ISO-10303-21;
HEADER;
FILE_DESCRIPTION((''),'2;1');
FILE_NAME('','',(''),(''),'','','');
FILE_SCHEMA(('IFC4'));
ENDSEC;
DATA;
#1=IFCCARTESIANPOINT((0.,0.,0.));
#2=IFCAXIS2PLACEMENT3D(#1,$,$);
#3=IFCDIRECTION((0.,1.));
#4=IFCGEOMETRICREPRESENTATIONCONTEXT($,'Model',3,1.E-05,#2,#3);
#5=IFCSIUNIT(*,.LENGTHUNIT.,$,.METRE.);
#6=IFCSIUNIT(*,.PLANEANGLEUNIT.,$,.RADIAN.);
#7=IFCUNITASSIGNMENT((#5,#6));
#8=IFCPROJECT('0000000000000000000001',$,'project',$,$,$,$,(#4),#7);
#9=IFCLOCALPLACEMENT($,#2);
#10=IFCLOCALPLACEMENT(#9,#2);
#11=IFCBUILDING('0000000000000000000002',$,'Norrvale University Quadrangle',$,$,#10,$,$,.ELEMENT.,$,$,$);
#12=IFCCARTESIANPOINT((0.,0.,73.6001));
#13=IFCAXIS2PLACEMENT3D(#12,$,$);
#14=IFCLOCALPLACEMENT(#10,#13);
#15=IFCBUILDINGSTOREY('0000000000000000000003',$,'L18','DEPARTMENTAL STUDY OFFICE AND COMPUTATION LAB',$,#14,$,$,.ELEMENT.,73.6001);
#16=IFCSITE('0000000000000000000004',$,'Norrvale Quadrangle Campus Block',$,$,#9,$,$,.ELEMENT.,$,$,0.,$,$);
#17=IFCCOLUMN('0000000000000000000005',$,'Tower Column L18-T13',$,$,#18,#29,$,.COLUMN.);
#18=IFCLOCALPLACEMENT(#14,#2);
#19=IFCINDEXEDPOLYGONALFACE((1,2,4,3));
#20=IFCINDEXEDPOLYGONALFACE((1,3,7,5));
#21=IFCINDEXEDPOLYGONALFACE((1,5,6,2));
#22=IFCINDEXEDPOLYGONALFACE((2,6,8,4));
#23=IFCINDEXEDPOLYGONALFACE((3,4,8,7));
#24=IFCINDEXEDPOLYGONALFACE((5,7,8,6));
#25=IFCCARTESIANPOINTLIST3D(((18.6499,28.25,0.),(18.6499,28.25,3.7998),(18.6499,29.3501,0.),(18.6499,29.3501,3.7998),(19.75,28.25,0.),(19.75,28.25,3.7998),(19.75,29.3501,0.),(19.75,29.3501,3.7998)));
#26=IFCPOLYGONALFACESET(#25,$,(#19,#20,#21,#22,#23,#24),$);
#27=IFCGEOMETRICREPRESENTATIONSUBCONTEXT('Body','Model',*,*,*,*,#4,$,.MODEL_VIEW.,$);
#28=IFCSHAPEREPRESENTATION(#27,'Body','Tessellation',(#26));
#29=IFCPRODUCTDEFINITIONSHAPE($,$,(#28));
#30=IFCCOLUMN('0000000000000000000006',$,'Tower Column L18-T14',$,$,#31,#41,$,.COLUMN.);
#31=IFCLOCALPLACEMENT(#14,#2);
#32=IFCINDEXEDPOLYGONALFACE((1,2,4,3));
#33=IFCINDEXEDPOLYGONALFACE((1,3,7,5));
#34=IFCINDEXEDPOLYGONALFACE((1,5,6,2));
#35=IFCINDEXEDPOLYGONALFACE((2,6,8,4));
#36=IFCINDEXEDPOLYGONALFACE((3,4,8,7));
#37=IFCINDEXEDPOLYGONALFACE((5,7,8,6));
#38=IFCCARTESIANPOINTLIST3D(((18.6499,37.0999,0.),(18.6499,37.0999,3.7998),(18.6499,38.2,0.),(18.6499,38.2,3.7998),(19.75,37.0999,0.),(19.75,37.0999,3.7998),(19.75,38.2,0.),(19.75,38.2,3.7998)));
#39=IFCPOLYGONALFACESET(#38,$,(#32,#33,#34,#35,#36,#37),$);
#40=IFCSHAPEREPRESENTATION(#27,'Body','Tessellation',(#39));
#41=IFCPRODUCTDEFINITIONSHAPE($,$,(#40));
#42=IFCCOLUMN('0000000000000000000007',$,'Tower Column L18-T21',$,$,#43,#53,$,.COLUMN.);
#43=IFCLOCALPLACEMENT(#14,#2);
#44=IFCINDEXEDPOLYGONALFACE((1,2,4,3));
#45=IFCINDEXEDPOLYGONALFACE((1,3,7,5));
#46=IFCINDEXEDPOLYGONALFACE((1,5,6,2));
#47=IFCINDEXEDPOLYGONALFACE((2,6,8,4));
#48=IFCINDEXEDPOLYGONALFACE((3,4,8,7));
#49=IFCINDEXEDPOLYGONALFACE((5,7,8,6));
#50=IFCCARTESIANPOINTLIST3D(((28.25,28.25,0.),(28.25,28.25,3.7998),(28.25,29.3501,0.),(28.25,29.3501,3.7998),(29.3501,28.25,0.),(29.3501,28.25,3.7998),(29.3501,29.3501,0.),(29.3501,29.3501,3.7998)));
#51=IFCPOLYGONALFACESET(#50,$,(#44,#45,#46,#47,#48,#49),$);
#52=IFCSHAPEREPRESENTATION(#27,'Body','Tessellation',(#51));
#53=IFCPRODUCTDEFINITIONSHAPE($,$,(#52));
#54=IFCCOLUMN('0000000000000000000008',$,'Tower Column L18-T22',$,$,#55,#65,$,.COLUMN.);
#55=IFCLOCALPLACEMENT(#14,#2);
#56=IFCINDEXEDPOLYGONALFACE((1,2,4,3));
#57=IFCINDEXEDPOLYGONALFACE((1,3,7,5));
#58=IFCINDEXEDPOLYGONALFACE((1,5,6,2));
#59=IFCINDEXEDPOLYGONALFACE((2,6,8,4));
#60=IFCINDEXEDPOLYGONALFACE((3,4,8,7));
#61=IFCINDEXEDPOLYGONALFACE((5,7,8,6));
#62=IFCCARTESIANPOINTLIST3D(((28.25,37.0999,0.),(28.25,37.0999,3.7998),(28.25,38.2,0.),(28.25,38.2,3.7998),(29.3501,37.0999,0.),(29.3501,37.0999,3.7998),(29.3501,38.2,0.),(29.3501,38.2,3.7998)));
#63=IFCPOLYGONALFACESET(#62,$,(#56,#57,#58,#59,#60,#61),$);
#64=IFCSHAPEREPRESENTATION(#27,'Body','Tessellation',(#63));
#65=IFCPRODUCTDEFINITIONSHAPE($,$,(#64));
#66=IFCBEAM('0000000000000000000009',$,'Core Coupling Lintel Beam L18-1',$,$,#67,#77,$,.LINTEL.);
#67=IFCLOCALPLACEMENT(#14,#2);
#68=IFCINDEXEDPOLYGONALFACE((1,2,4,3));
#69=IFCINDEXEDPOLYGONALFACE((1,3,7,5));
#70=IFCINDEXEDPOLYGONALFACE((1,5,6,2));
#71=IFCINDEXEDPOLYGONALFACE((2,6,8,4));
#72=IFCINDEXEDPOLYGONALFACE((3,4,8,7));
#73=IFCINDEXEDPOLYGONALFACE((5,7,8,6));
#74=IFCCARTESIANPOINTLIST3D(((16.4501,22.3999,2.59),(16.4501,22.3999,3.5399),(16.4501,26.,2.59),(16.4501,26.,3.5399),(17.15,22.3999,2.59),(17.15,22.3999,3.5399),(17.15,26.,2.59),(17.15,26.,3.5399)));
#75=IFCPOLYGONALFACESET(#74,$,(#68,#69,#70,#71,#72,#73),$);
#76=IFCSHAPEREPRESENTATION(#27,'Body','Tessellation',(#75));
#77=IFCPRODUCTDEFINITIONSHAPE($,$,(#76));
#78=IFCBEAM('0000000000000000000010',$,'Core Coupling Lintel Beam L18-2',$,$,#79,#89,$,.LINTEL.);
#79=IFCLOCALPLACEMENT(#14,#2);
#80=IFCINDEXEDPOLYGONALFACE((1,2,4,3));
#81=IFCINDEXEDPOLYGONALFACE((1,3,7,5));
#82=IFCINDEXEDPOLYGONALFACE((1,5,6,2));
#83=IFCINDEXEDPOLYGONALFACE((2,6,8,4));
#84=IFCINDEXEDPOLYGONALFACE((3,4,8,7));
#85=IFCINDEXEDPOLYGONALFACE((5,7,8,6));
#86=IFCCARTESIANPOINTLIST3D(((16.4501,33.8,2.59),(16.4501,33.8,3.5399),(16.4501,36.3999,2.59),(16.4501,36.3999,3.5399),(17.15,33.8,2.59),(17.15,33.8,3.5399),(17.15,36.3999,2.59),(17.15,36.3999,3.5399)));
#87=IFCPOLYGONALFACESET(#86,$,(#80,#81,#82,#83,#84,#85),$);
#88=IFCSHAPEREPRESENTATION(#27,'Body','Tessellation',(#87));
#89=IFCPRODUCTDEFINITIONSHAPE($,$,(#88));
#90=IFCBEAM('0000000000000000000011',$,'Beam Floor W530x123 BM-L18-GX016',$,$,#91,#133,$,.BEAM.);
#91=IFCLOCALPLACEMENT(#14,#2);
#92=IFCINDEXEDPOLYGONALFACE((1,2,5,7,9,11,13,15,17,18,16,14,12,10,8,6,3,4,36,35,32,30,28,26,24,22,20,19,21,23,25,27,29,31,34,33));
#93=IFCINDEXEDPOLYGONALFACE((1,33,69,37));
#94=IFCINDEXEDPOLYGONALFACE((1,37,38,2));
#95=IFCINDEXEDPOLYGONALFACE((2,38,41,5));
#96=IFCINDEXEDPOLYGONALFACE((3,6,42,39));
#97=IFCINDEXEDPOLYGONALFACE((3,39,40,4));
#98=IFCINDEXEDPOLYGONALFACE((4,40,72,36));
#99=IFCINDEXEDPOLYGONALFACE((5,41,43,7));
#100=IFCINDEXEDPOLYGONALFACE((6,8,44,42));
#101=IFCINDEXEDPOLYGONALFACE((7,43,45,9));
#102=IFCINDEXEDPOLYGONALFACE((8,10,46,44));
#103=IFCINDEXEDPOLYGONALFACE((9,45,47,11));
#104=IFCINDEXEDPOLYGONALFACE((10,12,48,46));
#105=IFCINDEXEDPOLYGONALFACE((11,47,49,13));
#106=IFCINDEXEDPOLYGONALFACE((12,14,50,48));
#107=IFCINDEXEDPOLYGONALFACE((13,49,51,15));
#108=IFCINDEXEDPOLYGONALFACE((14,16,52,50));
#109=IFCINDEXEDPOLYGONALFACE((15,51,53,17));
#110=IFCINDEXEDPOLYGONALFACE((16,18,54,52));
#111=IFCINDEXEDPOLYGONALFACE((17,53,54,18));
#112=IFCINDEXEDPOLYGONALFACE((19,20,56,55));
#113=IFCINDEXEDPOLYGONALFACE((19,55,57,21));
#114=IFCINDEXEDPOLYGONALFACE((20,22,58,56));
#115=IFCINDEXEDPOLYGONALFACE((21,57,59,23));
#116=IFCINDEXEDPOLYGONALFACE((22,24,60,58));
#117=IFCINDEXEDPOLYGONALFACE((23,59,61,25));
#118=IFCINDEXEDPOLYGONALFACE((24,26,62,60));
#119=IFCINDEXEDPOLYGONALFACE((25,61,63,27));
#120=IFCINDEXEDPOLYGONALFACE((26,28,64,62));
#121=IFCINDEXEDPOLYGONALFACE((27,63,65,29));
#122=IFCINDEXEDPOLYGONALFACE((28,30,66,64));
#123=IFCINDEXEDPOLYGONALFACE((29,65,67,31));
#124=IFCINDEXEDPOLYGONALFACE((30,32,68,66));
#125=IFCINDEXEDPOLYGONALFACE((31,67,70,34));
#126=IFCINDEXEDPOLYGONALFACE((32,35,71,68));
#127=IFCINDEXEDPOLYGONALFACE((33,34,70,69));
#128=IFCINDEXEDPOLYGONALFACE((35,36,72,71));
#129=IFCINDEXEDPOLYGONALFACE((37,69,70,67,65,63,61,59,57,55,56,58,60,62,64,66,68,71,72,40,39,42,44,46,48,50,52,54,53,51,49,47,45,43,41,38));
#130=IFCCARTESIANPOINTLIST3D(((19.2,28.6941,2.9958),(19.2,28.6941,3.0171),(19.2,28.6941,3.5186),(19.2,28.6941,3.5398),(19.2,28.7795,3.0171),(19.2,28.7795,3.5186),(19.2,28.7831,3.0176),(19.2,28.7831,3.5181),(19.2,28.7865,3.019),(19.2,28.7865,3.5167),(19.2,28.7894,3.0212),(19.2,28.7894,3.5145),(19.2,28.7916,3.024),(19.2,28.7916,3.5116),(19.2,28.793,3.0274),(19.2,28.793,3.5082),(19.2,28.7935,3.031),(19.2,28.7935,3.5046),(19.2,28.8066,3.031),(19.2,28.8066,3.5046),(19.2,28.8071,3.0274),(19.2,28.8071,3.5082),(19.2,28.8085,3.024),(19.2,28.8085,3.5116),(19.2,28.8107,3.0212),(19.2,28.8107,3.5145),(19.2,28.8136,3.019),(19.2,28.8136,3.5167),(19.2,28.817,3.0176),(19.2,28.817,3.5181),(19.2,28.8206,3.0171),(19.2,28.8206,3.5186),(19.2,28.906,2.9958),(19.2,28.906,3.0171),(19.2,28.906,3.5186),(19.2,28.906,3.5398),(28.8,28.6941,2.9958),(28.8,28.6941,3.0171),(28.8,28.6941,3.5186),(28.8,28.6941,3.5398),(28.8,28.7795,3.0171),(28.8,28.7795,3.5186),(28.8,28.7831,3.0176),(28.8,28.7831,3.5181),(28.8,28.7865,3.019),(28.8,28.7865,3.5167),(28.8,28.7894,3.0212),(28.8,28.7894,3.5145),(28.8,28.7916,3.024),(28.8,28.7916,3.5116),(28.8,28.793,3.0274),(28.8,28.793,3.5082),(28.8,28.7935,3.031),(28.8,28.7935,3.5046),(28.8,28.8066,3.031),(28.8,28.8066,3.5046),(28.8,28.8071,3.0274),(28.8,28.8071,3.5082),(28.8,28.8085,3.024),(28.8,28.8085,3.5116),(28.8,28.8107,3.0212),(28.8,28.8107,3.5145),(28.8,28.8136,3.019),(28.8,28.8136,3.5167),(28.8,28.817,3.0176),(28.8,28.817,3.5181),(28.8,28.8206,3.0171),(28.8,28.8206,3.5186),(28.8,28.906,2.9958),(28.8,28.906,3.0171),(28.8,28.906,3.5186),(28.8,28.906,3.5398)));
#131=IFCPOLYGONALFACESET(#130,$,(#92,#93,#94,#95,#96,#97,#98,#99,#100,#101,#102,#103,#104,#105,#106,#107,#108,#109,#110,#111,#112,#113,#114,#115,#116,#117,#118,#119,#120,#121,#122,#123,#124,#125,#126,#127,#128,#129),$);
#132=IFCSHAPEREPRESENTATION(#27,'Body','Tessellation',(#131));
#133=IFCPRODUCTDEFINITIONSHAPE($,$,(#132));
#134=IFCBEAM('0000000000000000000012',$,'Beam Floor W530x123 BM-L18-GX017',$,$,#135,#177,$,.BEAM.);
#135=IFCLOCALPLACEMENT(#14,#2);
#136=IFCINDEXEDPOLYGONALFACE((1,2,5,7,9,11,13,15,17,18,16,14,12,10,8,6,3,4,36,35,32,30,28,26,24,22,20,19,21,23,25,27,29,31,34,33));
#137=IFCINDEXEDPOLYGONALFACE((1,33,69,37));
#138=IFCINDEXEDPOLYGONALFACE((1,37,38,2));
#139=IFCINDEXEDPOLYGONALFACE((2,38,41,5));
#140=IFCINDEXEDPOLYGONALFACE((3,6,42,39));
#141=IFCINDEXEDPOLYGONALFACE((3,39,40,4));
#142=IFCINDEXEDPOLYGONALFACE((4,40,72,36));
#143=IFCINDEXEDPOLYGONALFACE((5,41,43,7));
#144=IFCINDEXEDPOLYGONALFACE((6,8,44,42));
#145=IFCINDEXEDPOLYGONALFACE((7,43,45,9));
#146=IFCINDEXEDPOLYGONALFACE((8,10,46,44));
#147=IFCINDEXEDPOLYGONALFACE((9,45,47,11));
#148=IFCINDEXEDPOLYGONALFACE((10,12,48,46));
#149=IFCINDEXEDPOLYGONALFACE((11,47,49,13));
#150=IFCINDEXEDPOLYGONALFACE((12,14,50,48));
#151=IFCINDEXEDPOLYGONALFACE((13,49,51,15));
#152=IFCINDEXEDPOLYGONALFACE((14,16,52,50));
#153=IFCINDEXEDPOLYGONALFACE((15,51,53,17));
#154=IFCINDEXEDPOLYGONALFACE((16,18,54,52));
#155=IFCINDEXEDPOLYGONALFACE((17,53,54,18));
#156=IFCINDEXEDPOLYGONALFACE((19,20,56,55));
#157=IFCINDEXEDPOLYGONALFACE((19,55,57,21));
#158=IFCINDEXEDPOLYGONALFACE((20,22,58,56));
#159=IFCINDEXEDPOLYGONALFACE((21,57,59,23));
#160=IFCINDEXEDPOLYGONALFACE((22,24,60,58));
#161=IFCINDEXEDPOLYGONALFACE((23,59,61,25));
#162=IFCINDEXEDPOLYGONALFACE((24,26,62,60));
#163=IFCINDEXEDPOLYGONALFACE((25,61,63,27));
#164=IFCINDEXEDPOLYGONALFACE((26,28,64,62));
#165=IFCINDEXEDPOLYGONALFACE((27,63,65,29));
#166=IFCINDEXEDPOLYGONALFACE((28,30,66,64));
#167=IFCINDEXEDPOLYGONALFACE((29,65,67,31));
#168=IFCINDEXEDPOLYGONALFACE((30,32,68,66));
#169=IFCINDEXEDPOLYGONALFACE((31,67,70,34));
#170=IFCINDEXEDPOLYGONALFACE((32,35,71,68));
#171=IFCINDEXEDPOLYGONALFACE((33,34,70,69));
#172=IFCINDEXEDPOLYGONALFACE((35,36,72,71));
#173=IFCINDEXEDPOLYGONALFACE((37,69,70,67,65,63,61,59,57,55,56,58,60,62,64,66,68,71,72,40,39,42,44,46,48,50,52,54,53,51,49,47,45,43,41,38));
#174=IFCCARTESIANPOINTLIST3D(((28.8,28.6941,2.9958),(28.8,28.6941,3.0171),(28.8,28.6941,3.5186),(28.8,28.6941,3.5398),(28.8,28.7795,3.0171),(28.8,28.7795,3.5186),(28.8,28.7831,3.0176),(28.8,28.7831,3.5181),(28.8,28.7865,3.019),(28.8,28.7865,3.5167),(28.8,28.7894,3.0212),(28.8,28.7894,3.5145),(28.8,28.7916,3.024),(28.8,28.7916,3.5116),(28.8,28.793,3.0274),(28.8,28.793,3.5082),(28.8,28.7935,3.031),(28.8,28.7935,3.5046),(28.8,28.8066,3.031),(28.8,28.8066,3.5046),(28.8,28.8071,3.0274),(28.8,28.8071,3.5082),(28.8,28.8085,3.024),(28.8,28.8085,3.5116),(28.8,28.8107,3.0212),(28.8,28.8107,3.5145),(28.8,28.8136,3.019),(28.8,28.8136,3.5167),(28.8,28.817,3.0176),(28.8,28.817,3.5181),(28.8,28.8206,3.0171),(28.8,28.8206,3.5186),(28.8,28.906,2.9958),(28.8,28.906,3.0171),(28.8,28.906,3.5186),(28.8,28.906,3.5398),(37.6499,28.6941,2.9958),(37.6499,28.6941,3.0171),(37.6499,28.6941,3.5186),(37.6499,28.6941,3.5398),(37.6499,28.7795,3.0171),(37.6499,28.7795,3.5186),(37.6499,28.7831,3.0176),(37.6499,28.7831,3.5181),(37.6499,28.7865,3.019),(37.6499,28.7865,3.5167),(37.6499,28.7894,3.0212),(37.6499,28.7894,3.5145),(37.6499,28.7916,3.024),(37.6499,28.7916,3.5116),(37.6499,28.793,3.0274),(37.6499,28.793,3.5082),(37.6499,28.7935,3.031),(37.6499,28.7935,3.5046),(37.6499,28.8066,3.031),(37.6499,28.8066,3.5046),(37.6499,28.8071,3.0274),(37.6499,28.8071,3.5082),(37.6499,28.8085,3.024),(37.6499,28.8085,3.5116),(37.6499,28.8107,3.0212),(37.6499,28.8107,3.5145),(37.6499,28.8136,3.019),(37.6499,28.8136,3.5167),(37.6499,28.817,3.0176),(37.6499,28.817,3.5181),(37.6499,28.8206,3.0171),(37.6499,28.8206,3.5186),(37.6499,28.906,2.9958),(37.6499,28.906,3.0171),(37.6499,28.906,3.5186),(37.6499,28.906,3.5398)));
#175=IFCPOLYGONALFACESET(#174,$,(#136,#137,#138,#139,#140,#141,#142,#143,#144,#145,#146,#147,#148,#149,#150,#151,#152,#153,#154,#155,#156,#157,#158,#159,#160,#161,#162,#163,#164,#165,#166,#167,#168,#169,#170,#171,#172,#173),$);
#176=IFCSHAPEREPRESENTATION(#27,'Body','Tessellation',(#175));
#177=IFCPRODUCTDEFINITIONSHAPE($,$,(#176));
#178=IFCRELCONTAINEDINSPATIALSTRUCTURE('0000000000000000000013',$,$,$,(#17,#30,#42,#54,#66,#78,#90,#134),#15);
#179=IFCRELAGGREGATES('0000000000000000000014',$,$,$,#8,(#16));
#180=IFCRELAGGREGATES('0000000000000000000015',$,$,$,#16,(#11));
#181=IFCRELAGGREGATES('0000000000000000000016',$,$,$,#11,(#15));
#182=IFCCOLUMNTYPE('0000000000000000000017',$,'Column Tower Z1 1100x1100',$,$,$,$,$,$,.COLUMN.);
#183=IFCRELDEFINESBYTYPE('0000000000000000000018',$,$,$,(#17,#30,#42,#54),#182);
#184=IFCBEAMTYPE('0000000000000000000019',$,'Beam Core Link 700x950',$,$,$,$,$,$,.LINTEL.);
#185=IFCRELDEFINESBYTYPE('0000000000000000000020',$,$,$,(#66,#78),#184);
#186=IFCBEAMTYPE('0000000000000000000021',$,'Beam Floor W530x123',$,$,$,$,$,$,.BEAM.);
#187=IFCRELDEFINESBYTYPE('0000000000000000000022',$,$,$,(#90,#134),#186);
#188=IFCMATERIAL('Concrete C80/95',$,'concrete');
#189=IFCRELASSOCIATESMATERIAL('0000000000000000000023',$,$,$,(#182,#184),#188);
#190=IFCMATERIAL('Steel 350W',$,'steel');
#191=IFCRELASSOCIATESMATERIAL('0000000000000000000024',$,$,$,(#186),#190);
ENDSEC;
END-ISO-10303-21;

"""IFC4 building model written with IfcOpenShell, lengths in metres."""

from ifc_helpers import new_model, si_unit, direction, frame, origin, origin_2d, place, context, subcontext, project, spatial, rectangle, i_section, extrude, material, material_profile, profile_set, type_object, element, save


model = new_model("IFC4")

# Units and contexts
model_context = context("Model", 3, precision=1e-05, world=origin(), true_north=direction((0.0, 1.0)))
body_context = subcontext(model_context, "Body", "Model", "MODEL_VIEW")
ifc_project = project(units=[si_unit("LENGTHUNIT", "METRE"), si_unit("PLANEANGLEUNIT", "RADIAN")], contexts=[model_context])

# Site, building, storey
site_placement = place(None, origin())
site = spatial("IfcSite", under=ifc_project, at=site_placement, Name="Norrvale Quadrangle Campus Block", CompositionType="ELEMENT", RefElevation=0.0)
building_placement = place(site_placement, origin())
building = spatial("IfcBuilding", under=site, at=building_placement, Name="Norrvale University Quadrangle", CompositionType="ELEMENT")
storey_placement = place(building_placement, frame((0.0, 0.0, 73.6001)))
storey = spatial("IfcBuildingStorey", under=building, at=storey_placement, Name="L18", Description="DEPARTMENTAL STUDY OFFICE AND COMPUTATION LAB", CompositionType="ELEMENT", Elevation=73.6001)

# Columns
ifc_material_1 = material(Name="Concrete C80/95", Category="concrete")
ifc_material_profile_1 = material_profile(ifc_material_1, rectangle(XDim=1.1001, YDim=1.1001, at=origin_2d()), Name="Concrete C80/95")
ifc_profile_set_1 = profile_set([ifc_material_profile_1], Name="Concrete C80/95")
column_type = type_object("IfcColumnType", Name="Column Tower Z1 1100x1100", PredefinedType="COLUMN", material=ifc_profile_set_1)
for number, where, z_axis, x_axis, name in (
    (1, (19.2, 28.8, 0.0), (0.0, 0.0, 1.0), (1.0, 0.0, 0.0), "Tower Column L18-T13"),
    (2, (19.2, 37.6499, 0.0), (0.0, 0.0, 1.0), (1.0, 0.0, 0.0), "Tower Column L18-T14"),
    (3, (28.8, 28.8, 0.0), (0.0, 0.0, 1.0), (1.0, 0.0, 0.0), "Tower Column L18-T21"),
    (4, (28.8, 37.6499, 0.0), (0.0, 0.0, 1.0), (1.0, 0.0, 0.0), "Tower Column L18-T22"),
):
    element("IfcColumn", number, at=place(storey_placement, frame(where, z_axis=z_axis, x_axis=x_axis)), inside=storey, type_object=column_type, Name=name, PredefinedType="COLUMN", context=body_context, shape_type="SweptSolid", body=[
        extrude(rectangle(XDim=1.1001, YDim=1.1001, at=origin_2d()), origin(), (0.0, 0.0, 1.0), 3.7998),
    ])

# Beams
ifc_material_profile_2 = material_profile(ifc_material_1, rectangle(XDim=0.7, YDim=0.95, at=origin_2d()), Name="Concrete C80/95")
ifc_profile_set_2 = profile_set([ifc_material_profile_2], Name="Concrete C80/95")
beam_type_1 = type_object("IfcBeamType", Name="Beam Core Link 700x950", PredefinedType="LINTEL", material=ifc_profile_set_2)
beam_1_placement = place(storey_placement, frame((16.8, 22.3999, 3.0649), z_axis=(0.0, 1.0, 0.0), x_axis=(-1.0, 0.0, 0.0)))
element("IfcBeam", 5, at=beam_1_placement, inside=storey, type_object=beam_type_1, Name="Core Coupling Lintel Beam L18-1", PredefinedType="LINTEL", context=body_context, shape_type="SweptSolid", body=[
    extrude(rectangle(XDim=0.7, YDim=0.95, at=origin_2d()), origin(), (0.0, 0.0, 1.0), 3.6001),
])
beam_2_placement = place(storey_placement, frame((16.8, 33.8, 3.0649), z_axis=(0.0, 1.0, 0.0), x_axis=(-1.0, 0.0, 0.0)))
element("IfcBeam", 6, at=beam_2_placement, inside=storey, type_object=beam_type_1, Name="Core Coupling Lintel Beam L18-2", PredefinedType="LINTEL", context=body_context, shape_type="SweptSolid", body=[
    extrude(rectangle(XDim=0.7, YDim=0.95, at=origin_2d()), origin(), (0.0, 0.0, 1.0), 2.5999),
])
ifc_material_2 = material(Name="Steel 350W", Category="steel")
ifc_material_profile_3 = material_profile(ifc_material_2, i_section(OverallWidth=0.2119, OverallDepth=0.5439, WebThickness=0.0132, FlangeThickness=0.0212, FilletRadius=0.0139, at=origin_2d()), Name="Steel 350W")
ifc_profile_set_3 = profile_set([ifc_material_profile_3], Name="Steel 350W")
beam_type_2 = type_object("IfcBeamType", Name="Beam Floor W530x123", PredefinedType="BEAM", material=ifc_profile_set_3)
beam_3_placement = place(storey_placement, frame((19.2, 28.8, 3.2678), z_axis=(1.0, 0.0, 0.0), x_axis=(0.0, 1.0, 0.0)))
element("IfcBeam", 7, at=beam_3_placement, inside=storey, type_object=beam_type_2, Name="Beam Floor W530x123 BM-L18-GX016", PredefinedType="BEAM", context=body_context, shape_type="SweptSolid", body=[
    extrude(i_section(OverallWidth=0.2119, OverallDepth=0.5439, WebThickness=0.0132, FlangeThickness=0.0212, FilletRadius=0.0139, at=origin_2d()), origin(), (0.0, 0.0, 1.0), 9.6001),
])
beam_4_placement = place(storey_placement, frame((28.8, 28.8, 3.2678), z_axis=(1.0, 0.0, 0.0), x_axis=(0.0, 1.0, 0.0)))
element("IfcBeam", 8, at=beam_4_placement, inside=storey, type_object=beam_type_2, Name="Beam Floor W530x123 BM-L18-GX017", PredefinedType="BEAM", context=body_context, shape_type="SweptSolid", body=[
    extrude(i_section(OverallWidth=0.2119, OverallDepth=0.5439, WebThickness=0.0132, FlangeThickness=0.0212, FilletRadius=0.0139, at=origin_2d()), origin(), (0.0, 0.0, 1.0), 8.8499),
])

save(model, "model.ifc")
